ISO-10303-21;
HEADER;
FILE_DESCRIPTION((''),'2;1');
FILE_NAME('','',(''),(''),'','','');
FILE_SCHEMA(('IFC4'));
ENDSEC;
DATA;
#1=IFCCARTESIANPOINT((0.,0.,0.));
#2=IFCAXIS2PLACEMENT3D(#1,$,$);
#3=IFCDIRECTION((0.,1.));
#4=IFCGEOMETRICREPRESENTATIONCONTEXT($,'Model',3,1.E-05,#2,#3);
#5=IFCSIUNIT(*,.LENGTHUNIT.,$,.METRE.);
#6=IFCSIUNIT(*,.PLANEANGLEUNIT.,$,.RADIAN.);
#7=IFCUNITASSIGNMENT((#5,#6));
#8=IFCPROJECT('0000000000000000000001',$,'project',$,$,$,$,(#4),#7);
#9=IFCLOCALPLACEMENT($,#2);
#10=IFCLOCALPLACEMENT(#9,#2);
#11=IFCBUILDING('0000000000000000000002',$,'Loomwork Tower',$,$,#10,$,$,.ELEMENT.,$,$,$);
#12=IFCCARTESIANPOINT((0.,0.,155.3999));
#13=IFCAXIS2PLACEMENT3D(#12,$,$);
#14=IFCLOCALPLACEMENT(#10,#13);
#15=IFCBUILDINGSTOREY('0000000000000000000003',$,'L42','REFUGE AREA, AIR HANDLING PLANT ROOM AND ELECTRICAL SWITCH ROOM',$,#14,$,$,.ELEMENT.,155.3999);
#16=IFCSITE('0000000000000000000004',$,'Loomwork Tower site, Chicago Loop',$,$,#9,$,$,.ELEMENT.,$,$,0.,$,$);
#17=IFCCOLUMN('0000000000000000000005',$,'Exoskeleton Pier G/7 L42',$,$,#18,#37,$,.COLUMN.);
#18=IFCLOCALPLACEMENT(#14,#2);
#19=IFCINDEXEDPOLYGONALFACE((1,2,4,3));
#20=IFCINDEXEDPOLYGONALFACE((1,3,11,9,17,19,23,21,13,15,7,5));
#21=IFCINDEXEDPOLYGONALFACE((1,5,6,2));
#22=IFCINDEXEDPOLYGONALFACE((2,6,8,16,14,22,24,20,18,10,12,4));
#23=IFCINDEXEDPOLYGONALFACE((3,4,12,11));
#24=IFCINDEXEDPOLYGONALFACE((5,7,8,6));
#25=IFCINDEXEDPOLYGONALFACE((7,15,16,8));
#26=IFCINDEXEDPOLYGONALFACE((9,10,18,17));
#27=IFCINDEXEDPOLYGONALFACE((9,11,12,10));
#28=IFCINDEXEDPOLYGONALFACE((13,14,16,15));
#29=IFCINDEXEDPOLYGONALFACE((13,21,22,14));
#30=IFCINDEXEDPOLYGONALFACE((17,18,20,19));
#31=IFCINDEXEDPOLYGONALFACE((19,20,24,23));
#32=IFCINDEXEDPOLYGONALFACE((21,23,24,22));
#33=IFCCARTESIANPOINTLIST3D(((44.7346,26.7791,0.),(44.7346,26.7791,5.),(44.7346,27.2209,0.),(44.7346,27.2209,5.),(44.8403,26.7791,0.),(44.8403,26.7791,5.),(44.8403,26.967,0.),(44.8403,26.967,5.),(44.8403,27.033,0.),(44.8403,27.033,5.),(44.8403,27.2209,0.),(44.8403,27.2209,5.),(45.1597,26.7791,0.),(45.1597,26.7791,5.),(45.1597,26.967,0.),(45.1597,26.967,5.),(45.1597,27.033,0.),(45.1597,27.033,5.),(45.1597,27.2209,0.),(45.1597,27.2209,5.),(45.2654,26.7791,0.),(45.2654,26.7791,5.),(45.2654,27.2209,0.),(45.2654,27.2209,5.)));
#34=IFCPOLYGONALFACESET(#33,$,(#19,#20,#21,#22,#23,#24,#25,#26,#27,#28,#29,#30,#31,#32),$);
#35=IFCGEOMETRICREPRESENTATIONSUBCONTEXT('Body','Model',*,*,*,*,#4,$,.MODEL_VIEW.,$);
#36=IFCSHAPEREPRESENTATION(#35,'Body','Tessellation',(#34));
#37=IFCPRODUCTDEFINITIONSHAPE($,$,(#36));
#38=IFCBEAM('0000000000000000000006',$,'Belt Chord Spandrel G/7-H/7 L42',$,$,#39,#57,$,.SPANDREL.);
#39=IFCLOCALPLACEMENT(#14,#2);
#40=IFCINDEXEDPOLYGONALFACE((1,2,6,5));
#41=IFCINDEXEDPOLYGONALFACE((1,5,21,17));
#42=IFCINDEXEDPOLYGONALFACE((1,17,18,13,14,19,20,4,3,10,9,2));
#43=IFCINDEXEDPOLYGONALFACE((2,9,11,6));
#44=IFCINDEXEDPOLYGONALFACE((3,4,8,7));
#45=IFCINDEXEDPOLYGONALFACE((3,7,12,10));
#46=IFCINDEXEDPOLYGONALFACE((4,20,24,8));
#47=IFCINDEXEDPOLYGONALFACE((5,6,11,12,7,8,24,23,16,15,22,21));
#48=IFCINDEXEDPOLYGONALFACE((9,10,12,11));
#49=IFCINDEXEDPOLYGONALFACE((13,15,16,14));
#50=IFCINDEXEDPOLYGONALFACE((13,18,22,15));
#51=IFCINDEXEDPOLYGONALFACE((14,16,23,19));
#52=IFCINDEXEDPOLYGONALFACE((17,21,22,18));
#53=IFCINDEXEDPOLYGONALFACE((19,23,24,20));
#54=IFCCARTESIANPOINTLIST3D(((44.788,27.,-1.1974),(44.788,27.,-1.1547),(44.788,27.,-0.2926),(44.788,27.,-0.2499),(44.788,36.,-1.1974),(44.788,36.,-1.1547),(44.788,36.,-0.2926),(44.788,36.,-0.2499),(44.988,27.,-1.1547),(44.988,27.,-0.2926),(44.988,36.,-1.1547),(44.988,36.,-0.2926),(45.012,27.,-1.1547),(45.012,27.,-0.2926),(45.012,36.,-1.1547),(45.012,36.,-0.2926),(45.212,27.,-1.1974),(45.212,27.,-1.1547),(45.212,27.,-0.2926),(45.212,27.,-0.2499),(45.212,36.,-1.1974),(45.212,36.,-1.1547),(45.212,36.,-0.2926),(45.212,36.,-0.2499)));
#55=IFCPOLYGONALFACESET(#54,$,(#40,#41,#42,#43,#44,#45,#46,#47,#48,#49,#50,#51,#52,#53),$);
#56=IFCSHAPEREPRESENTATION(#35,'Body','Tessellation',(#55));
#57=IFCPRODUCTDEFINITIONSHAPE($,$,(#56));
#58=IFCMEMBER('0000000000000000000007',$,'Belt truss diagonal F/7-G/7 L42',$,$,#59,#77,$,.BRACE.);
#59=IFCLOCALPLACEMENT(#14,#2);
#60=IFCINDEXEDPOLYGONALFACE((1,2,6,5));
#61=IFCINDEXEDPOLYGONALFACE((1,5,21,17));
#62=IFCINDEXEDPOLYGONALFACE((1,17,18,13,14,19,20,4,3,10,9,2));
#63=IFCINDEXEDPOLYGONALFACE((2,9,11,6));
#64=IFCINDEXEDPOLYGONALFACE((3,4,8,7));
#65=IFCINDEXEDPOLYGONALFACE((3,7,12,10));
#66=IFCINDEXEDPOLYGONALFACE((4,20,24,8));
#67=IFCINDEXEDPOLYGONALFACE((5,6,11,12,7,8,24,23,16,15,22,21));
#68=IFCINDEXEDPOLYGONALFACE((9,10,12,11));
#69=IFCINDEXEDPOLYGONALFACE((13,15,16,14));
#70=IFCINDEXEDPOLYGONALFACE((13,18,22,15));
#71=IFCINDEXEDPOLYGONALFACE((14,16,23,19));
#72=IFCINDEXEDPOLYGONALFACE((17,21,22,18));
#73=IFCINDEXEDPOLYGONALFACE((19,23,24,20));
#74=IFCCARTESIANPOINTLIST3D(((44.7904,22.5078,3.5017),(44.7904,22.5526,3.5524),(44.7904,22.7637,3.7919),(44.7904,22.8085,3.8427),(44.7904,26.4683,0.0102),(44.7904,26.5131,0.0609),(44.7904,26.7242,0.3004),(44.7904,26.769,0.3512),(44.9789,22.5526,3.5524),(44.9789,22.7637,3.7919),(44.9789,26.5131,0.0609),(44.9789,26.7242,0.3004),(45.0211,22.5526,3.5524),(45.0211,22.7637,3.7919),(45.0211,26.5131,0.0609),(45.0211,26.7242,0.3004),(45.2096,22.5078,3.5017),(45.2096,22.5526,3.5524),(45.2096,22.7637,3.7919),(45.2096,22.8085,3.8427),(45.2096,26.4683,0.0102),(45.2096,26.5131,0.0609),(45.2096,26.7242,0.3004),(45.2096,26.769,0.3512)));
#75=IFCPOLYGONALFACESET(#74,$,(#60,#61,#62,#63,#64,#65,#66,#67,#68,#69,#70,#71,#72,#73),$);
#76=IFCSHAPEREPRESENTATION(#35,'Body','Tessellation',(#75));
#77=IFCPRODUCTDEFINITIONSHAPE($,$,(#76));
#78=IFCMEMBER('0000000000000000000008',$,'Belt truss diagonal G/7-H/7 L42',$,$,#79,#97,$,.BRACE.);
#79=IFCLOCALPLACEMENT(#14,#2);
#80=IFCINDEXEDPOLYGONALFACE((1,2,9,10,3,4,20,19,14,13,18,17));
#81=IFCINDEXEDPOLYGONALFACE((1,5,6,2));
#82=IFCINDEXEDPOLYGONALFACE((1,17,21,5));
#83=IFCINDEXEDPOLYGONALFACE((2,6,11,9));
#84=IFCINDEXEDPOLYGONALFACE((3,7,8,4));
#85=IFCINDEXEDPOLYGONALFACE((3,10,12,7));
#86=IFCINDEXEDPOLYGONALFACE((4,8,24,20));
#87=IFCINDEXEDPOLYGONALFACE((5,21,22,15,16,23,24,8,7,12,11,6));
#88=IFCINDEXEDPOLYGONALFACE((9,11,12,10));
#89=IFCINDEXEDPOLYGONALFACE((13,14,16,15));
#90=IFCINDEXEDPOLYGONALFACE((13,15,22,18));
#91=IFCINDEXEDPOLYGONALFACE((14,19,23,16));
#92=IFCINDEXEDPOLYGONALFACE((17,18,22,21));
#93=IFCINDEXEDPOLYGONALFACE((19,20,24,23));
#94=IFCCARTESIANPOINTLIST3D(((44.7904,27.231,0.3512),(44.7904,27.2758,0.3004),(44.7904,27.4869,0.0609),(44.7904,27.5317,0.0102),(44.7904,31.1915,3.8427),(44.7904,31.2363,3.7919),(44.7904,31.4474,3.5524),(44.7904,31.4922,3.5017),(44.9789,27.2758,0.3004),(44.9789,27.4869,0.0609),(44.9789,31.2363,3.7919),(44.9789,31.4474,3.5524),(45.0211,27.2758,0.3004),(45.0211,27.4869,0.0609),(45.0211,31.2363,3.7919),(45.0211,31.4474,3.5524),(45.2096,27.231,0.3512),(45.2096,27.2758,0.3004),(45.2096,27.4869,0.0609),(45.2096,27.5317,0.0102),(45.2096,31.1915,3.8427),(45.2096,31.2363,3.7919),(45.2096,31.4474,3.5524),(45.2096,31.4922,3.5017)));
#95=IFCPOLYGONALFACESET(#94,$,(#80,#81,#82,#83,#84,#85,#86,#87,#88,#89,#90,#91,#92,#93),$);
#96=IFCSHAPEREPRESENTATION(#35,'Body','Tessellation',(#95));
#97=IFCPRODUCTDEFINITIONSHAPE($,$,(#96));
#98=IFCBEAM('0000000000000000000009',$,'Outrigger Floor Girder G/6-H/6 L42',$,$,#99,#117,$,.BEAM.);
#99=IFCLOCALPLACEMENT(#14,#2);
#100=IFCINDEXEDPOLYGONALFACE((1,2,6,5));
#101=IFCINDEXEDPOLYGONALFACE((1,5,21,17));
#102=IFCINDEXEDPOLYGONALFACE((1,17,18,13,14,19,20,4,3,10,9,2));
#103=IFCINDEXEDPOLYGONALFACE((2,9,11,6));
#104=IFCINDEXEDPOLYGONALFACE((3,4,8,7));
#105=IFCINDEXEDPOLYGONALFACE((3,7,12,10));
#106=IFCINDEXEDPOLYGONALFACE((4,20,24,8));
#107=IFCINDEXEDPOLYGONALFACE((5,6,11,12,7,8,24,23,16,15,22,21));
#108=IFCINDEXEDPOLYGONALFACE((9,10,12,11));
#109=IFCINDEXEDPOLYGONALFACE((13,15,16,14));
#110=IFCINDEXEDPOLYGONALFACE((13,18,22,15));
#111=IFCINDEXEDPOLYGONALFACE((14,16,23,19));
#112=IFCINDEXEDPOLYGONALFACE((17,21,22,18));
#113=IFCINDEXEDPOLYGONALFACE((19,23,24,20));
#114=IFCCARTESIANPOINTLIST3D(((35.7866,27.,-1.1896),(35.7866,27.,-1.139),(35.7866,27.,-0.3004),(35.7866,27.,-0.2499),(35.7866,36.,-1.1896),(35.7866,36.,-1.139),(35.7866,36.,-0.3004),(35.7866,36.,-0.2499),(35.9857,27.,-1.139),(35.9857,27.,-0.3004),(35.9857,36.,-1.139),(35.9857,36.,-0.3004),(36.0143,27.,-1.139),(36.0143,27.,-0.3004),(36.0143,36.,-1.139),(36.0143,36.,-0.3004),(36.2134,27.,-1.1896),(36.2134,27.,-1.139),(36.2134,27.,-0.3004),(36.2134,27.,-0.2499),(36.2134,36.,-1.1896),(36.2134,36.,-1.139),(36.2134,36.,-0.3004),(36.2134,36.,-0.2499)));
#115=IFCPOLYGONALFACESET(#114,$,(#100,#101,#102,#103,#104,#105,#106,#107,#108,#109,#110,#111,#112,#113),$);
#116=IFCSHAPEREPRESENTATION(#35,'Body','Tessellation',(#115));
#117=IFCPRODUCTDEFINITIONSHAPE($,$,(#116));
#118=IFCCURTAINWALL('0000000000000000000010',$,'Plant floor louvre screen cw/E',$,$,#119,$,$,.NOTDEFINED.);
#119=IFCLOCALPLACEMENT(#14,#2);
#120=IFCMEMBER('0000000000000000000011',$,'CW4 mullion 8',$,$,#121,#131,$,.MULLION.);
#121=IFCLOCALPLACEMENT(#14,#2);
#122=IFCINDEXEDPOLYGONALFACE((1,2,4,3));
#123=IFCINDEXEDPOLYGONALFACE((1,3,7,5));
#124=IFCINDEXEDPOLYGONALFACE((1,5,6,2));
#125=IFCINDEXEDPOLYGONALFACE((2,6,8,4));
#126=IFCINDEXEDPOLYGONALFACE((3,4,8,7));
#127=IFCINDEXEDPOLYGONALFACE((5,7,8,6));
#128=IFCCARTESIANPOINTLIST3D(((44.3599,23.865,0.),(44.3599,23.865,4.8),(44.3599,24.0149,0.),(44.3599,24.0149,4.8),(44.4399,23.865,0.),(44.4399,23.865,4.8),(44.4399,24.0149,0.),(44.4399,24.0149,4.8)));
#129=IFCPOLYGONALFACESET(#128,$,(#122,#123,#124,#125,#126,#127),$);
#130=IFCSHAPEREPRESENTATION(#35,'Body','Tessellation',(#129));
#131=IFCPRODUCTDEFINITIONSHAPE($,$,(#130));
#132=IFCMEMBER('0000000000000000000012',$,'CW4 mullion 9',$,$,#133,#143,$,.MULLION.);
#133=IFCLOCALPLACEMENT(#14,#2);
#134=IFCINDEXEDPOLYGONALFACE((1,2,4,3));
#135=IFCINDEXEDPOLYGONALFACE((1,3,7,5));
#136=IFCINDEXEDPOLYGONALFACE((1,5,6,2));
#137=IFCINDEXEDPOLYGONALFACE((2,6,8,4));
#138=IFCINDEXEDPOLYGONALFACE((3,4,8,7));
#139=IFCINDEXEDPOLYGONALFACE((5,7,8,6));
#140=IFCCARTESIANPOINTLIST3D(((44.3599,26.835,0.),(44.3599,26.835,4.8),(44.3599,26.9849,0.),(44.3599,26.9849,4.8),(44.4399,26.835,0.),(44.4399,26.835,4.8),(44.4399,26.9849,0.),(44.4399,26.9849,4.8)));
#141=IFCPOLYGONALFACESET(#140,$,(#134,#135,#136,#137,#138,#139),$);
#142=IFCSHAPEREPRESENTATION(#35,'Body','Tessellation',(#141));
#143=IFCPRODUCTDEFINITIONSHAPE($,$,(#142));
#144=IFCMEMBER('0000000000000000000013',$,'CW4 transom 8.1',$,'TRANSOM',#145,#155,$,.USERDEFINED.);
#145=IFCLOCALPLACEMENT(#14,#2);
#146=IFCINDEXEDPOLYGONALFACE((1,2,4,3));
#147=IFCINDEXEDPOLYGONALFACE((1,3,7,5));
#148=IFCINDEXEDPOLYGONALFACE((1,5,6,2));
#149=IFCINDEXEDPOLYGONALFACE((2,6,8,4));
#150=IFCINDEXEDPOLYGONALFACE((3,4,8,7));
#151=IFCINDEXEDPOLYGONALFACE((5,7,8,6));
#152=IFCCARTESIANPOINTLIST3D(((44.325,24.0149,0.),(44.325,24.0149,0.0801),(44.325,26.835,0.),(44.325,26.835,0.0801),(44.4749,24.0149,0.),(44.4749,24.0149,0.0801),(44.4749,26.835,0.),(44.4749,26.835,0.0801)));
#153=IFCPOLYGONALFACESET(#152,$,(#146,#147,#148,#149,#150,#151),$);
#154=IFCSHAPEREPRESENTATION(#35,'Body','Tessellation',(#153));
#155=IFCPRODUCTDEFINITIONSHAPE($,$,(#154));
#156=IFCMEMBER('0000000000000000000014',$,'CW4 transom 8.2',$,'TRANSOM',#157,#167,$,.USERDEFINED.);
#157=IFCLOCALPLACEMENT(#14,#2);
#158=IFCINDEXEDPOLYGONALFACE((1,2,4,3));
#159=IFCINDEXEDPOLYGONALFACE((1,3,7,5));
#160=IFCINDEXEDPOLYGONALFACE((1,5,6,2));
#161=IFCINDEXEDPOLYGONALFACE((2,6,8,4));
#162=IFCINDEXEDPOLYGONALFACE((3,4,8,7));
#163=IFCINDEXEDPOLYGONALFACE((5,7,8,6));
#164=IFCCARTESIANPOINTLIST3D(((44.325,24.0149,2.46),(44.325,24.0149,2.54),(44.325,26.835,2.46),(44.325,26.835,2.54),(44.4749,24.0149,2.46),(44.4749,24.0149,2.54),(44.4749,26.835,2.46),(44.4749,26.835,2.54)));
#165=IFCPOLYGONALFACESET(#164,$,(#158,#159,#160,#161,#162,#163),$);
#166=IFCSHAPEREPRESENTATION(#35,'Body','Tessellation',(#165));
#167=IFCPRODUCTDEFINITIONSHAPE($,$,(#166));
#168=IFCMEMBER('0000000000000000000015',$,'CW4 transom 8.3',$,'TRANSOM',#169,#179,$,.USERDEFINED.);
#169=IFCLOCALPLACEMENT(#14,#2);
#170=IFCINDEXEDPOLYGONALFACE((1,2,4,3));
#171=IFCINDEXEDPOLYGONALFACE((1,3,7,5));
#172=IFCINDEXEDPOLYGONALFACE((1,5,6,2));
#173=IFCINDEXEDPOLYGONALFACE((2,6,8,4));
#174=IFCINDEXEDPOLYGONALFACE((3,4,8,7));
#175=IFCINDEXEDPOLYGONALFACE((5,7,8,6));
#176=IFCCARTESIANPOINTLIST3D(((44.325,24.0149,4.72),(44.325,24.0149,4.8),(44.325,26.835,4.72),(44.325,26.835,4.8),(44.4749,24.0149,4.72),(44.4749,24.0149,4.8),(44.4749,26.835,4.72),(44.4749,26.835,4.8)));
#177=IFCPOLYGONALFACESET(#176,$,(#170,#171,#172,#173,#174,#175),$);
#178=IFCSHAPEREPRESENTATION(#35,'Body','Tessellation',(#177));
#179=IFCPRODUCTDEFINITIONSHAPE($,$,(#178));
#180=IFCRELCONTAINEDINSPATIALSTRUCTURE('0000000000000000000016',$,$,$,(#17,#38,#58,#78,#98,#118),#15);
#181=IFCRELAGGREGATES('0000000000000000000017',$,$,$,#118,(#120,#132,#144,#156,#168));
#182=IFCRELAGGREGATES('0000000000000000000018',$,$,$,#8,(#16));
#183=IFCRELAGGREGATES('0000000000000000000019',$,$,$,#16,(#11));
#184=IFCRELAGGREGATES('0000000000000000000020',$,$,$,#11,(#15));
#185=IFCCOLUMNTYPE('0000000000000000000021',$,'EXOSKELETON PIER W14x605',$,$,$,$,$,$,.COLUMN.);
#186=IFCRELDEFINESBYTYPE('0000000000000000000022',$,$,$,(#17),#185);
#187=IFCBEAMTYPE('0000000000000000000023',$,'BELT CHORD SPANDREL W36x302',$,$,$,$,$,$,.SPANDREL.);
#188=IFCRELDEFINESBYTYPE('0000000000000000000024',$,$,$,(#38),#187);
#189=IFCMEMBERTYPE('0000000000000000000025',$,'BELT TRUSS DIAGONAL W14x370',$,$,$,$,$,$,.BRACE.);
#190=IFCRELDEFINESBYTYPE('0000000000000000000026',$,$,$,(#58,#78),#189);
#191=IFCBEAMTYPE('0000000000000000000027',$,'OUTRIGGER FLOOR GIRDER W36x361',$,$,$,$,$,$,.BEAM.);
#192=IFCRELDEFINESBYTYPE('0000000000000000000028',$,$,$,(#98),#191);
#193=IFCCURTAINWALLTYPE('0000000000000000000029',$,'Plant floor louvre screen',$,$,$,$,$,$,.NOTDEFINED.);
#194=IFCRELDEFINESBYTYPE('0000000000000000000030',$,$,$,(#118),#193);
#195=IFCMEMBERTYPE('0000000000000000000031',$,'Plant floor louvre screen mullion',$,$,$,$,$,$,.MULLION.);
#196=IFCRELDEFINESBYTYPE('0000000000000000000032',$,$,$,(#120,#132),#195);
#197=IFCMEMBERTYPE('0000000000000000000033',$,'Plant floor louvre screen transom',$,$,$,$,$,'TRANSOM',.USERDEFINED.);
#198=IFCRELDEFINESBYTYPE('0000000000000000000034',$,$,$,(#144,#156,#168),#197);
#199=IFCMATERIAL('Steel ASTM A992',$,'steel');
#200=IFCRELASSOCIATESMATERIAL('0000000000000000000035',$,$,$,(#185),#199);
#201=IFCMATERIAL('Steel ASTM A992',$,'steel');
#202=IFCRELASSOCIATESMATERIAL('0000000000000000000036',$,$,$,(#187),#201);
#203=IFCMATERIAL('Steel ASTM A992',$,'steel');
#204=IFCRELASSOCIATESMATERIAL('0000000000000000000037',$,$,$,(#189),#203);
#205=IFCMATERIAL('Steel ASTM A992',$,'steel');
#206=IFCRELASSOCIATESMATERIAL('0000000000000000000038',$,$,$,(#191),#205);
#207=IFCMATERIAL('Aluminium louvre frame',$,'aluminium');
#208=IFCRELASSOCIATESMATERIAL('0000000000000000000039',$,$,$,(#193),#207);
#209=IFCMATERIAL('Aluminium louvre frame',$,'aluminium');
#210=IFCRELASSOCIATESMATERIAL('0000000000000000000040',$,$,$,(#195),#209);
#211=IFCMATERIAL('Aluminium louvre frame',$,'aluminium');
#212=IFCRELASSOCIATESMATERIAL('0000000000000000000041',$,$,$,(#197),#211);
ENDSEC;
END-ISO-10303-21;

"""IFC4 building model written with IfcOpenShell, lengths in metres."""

from ifc_helpers import new_model, si_unit, direction, frame, origin, origin_2d, place, context, subcontext, project, spatial, rectangle, i_section, extrude, material, material_profile, profile_set, type_object, element, aggregate, save


model = new_model("IFC4")

# Units and contexts
model_context = context("Model", 3, precision=1e-05, world=origin(), true_north=direction((0.0, 1.0)))
body_context = subcontext(model_context, "Body", "Model", "MODEL_VIEW")
ifc_project = project(units=[si_unit("LENGTHUNIT", "METRE"), si_unit("PLANEANGLEUNIT", "RADIAN")], contexts=[model_context])

# Site, building, storey
site_placement = place(None, origin())
site = spatial("IfcSite", under=ifc_project, at=site_placement, Name="Loomwork Tower site, Chicago Loop", CompositionType="ELEMENT", RefElevation=0.0)
building_placement = place(site_placement, origin())
building = spatial("IfcBuilding", under=site, at=building_placement, Name="Loomwork Tower", CompositionType="ELEMENT")
storey_placement = place(building_placement, frame((0.0, 0.0, 155.3999)))
storey = spatial("IfcBuildingStorey", under=building, at=storey_placement, Name="L42", Description="REFUGE AREA, AIR HANDLING PLANT ROOM AND ELECTRICAL SWITCH ROOM", CompositionType="ELEMENT", Elevation=155.3999)

# Column
ifc_material_1 = material(Name="Steel ASTM A992", Category="steel")
ifc_material_profile_1 = material_profile(ifc_material_1, i_section(OverallWidth=0.4419, OverallDepth=0.5308, WebThickness=0.0659, FlangeThickness=0.1057, at=origin_2d()), Name="W14x605")
ifc_profile_set_1 = profile_set([ifc_material_profile_1], Name="Steel ASTM A992")
column_type = type_object("IfcColumnType", Name="EXOSKELETON PIER W14x605", PredefinedType="COLUMN", material=ifc_profile_set_1)
column_placement = place(storey_placement, frame((45.0, 27.0, 0.0), z_axis=(0.0, 0.0, 1.0), x_axis=(0.0, 1.0, 0.0)))
element("IfcColumn", 1, at=column_placement, inside=storey, type_object=column_type, Name="Exoskeleton Pier G/7 L42", PredefinedType="COLUMN", context=body_context, shape_type="SweptSolid", body=[
    extrude(i_section(OverallWidth=0.4419, OverallDepth=0.5308, WebThickness=0.0659, FlangeThickness=0.1057, at=origin_2d()), origin(), (0.0, 0.0, 1.0), 5.0),
])

# Beam
ifc_material_2 = material(Name="Steel ASTM A992", Category="steel")
ifc_material_profile_2 = material_profile(ifc_material_2, i_section(OverallWidth=0.4241, OverallDepth=0.9475, WebThickness=0.0239, FlangeThickness=0.0427, at=origin_2d()), Name="W36x302")
ifc_profile_set_2 = profile_set([ifc_material_profile_2], Name="Steel ASTM A992")
beam_type_1 = type_object("IfcBeamType", Name="BELT CHORD SPANDREL W36x302", PredefinedType="SPANDREL", material=ifc_profile_set_2)
beam_1_placement = place(storey_placement, frame((45.0, 27.0, -0.7236), z_axis=(0.0, 1.0, 0.0), x_axis=(-1.0, 0.0, 0.0)))
element("IfcBeam", 2, at=beam_1_placement, inside=storey, type_object=beam_type_1, Name="Belt Chord Spandrel G/7-H/7 L42", PredefinedType="SPANDREL", context=body_context, shape_type="SweptSolid", body=[
    extrude(i_section(OverallWidth=0.4241, OverallDepth=0.9475, WebThickness=0.0239, FlangeThickness=0.0427, at=origin_2d()), origin(), (0.0, 0.0, 1.0), 9.0),
])

# Members
ifc_material_3 = material(Name="Steel ASTM A992", Category="steel")
ifc_material_profile_3 = material_profile(ifc_material_3, i_section(OverallWidth=0.4192, OverallDepth=0.4546, WebThickness=0.0422, FlangeThickness=0.0676, at=origin_2d()), Name="W14x370")
ifc_profile_set_3 = profile_set([ifc_material_profile_3], Name="Steel ASTM A992")
member_type_1 = type_object("IfcMemberType", Name="BELT TRUSS DIAGONAL W14x370", PredefinedType="BRACE", material=ifc_profile_set_3)
for number, where, z_axis, x_axis, name in (
    (3, (45.0, 26.6187, 0.1807), (0.0, -0.750125, 0.661296), (1.0, 0.0, 0.0), "Belt truss diagonal F/7-G/7 L42"),
    (4, (45.0, 27.3813, 0.1807), (0.0, 0.750125, 0.661296), (-1.0, 0.0, 0.0), "Belt truss diagonal G/7-H/7 L42"),
):
    element("IfcMember", number, at=place(storey_placement, frame(where, z_axis=z_axis, x_axis=x_axis)), inside=storey, type_object=member_type_1, Name=name, PredefinedType="BRACE", context=body_context, shape_type="SweptSolid", body=[
        extrude(i_section(OverallWidth=0.4192, OverallDepth=0.4546, WebThickness=0.0422, FlangeThickness=0.0676, at=origin_2d()), origin(), (0.0, 0.0, 1.0), 5.2798),
    ])

# Beam
ifc_material_4 = material(Name="Steel ASTM A992", Category="steel")
ifc_material_profile_4 = material_profile(ifc_material_4, i_section(OverallWidth=0.4268, OverallDepth=0.9397, WebThickness=0.0286, FlangeThickness=0.0505, at=origin_2d()), Name="W36x361")
ifc_profile_set_4 = profile_set([ifc_material_profile_4], Name="Steel ASTM A992")
beam_type_2 = type_object("IfcBeamType", Name="OUTRIGGER FLOOR GIRDER W36x361", PredefinedType="BEAM", material=ifc_profile_set_4)
beam_2_placement = place(storey_placement, frame((36.0, 27.0, -0.7197), z_axis=(0.0, 1.0, 0.0), x_axis=(-1.0, 0.0, 0.0)))
element("IfcBeam", 5, at=beam_2_placement, inside=storey, type_object=beam_type_2, Name="Outrigger Floor Girder G/6-H/6 L42", PredefinedType="BEAM", context=body_context, shape_type="SweptSolid", body=[
    extrude(i_section(OverallWidth=0.4268, OverallDepth=0.9397, WebThickness=0.0286, FlangeThickness=0.0505, at=origin_2d()), origin(), (0.0, 0.0, 1.0), 9.0),
])

# Curtain wall, members
ifc_material_5 = material(Name="Aluminium louvre frame", Category="aluminium")
curtain_wall_type = type_object("IfcCurtainWallType", Name="Plant floor louvre screen", PredefinedType="NOTDEFINED", material=ifc_material_5)
curtain_wall_placement = place(storey_placement, origin())
curtain_wall = element("IfcCurtainWall", 6, at=curtain_wall_placement, inside=storey, type_object=curtain_wall_type, Name="Plant floor louvre screen cw/E", PredefinedType="NOTDEFINED")
ifc_material_6 = material(Name="Aluminium louvre frame", Category="aluminium")
ifc_material_profile_5 = material_profile(ifc_material_6, rectangle(XDim=0.0801, YDim=0.1499, at=origin_2d()), Name="AL 80x150")
ifc_profile_set_5 = profile_set([ifc_material_profile_5], Name="Aluminium louvre frame")
member_type_2 = type_object("IfcMemberType", Name="Plant floor louvre screen mullion", PredefinedType="MULLION", material=ifc_profile_set_5)
member_1_placement = place(storey_placement, frame((44.3999, 23.9399, 0.0), z_axis=(0.0, 0.0, 1.0), x_axis=(-1.0, 0.0, 0.0)))
member_1 = element("IfcMember", 7, at=member_1_placement, type_object=member_type_2, Name="CW4 mullion 8", PredefinedType="MULLION", context=body_context, shape_type="SweptSolid", body=[
    extrude(rectangle(XDim=0.0801, YDim=0.1499, at=origin_2d()), origin(), (0.0, 0.0, 1.0), 4.8),
])
member_2_placement = place(storey_placement, frame((44.3999, 26.9099, 0.0), z_axis=(0.0, 0.0, 1.0), x_axis=(-1.0, 0.0, 0.0)))
member_2 = element("IfcMember", 8, at=member_2_placement, type_object=member_type_2, Name="CW4 mullion 9", PredefinedType="MULLION", context=body_context, shape_type="SweptSolid", body=[
    extrude(rectangle(XDim=0.0801, YDim=0.1499, at=origin_2d()), origin(), (0.0, 0.0, 1.0), 4.8),
])
ifc_material_7 = material(Name="Aluminium louvre frame", Category="aluminium")
ifc_material_profile_6 = material_profile(ifc_material_7, rectangle(XDim=0.1499, YDim=0.0801, at=origin_2d()), Name="AL 80x150")
ifc_profile_set_6 = profile_set([ifc_material_profile_6], Name="Aluminium louvre frame")
member_type_3 = type_object("IfcMemberType", Name="Plant floor louvre screen transom", ElementType="TRANSOM", PredefinedType="USERDEFINED", material=ifc_profile_set_6)
member_3_placement = place(storey_placement, frame((44.3999, 24.0149, 0.04), z_axis=(0.0, 1.0, 0.0), x_axis=(-1.0, 0.0, 0.0)))
member_3 = element("IfcMember", 9, at=member_3_placement, type_object=member_type_3, Name="CW4 transom 8.1", ObjectType="TRANSOM", PredefinedType="USERDEFINED", context=body_context, shape_type="SweptSolid", body=[
    extrude(rectangle(XDim=0.1499, YDim=0.0801, at=origin_2d()), origin(), (0.0, 0.0, 1.0), 2.8201),
])
member_4_placement = place(storey_placement, frame((44.3999, 24.0149, 2.5), z_axis=(0.0, 1.0, 0.0), x_axis=(-1.0, 0.0, 0.0)))
member_4 = element("IfcMember", 10, at=member_4_placement, type_object=member_type_3, Name="CW4 transom 8.2", ObjectType="TRANSOM", PredefinedType="USERDEFINED", context=body_context, shape_type="SweptSolid", body=[
    extrude(rectangle(XDim=0.1499, YDim=0.0801, at=origin_2d()), origin(), (0.0, 0.0, 1.0), 2.8201),
])
member_5_placement = place(storey_placement, frame((44.3999, 24.0149, 4.76), z_axis=(0.0, 1.0, 0.0), x_axis=(-1.0, 0.0, 0.0)))
member_5 = element("IfcMember", 11, at=member_5_placement, type_object=member_type_3, Name="CW4 transom 8.3", ObjectType="TRANSOM", PredefinedType="USERDEFINED", context=body_context, shape_type="SweptSolid", body=[
    extrude(rectangle(XDim=0.1499, YDim=0.0801, at=origin_2d()), origin(), (0.0, 0.0, 1.0), 2.8201),
])
aggregate(curtain_wall, [member_1, member_2, member_3, member_4, member_5])

save(model, "model.ifc")
